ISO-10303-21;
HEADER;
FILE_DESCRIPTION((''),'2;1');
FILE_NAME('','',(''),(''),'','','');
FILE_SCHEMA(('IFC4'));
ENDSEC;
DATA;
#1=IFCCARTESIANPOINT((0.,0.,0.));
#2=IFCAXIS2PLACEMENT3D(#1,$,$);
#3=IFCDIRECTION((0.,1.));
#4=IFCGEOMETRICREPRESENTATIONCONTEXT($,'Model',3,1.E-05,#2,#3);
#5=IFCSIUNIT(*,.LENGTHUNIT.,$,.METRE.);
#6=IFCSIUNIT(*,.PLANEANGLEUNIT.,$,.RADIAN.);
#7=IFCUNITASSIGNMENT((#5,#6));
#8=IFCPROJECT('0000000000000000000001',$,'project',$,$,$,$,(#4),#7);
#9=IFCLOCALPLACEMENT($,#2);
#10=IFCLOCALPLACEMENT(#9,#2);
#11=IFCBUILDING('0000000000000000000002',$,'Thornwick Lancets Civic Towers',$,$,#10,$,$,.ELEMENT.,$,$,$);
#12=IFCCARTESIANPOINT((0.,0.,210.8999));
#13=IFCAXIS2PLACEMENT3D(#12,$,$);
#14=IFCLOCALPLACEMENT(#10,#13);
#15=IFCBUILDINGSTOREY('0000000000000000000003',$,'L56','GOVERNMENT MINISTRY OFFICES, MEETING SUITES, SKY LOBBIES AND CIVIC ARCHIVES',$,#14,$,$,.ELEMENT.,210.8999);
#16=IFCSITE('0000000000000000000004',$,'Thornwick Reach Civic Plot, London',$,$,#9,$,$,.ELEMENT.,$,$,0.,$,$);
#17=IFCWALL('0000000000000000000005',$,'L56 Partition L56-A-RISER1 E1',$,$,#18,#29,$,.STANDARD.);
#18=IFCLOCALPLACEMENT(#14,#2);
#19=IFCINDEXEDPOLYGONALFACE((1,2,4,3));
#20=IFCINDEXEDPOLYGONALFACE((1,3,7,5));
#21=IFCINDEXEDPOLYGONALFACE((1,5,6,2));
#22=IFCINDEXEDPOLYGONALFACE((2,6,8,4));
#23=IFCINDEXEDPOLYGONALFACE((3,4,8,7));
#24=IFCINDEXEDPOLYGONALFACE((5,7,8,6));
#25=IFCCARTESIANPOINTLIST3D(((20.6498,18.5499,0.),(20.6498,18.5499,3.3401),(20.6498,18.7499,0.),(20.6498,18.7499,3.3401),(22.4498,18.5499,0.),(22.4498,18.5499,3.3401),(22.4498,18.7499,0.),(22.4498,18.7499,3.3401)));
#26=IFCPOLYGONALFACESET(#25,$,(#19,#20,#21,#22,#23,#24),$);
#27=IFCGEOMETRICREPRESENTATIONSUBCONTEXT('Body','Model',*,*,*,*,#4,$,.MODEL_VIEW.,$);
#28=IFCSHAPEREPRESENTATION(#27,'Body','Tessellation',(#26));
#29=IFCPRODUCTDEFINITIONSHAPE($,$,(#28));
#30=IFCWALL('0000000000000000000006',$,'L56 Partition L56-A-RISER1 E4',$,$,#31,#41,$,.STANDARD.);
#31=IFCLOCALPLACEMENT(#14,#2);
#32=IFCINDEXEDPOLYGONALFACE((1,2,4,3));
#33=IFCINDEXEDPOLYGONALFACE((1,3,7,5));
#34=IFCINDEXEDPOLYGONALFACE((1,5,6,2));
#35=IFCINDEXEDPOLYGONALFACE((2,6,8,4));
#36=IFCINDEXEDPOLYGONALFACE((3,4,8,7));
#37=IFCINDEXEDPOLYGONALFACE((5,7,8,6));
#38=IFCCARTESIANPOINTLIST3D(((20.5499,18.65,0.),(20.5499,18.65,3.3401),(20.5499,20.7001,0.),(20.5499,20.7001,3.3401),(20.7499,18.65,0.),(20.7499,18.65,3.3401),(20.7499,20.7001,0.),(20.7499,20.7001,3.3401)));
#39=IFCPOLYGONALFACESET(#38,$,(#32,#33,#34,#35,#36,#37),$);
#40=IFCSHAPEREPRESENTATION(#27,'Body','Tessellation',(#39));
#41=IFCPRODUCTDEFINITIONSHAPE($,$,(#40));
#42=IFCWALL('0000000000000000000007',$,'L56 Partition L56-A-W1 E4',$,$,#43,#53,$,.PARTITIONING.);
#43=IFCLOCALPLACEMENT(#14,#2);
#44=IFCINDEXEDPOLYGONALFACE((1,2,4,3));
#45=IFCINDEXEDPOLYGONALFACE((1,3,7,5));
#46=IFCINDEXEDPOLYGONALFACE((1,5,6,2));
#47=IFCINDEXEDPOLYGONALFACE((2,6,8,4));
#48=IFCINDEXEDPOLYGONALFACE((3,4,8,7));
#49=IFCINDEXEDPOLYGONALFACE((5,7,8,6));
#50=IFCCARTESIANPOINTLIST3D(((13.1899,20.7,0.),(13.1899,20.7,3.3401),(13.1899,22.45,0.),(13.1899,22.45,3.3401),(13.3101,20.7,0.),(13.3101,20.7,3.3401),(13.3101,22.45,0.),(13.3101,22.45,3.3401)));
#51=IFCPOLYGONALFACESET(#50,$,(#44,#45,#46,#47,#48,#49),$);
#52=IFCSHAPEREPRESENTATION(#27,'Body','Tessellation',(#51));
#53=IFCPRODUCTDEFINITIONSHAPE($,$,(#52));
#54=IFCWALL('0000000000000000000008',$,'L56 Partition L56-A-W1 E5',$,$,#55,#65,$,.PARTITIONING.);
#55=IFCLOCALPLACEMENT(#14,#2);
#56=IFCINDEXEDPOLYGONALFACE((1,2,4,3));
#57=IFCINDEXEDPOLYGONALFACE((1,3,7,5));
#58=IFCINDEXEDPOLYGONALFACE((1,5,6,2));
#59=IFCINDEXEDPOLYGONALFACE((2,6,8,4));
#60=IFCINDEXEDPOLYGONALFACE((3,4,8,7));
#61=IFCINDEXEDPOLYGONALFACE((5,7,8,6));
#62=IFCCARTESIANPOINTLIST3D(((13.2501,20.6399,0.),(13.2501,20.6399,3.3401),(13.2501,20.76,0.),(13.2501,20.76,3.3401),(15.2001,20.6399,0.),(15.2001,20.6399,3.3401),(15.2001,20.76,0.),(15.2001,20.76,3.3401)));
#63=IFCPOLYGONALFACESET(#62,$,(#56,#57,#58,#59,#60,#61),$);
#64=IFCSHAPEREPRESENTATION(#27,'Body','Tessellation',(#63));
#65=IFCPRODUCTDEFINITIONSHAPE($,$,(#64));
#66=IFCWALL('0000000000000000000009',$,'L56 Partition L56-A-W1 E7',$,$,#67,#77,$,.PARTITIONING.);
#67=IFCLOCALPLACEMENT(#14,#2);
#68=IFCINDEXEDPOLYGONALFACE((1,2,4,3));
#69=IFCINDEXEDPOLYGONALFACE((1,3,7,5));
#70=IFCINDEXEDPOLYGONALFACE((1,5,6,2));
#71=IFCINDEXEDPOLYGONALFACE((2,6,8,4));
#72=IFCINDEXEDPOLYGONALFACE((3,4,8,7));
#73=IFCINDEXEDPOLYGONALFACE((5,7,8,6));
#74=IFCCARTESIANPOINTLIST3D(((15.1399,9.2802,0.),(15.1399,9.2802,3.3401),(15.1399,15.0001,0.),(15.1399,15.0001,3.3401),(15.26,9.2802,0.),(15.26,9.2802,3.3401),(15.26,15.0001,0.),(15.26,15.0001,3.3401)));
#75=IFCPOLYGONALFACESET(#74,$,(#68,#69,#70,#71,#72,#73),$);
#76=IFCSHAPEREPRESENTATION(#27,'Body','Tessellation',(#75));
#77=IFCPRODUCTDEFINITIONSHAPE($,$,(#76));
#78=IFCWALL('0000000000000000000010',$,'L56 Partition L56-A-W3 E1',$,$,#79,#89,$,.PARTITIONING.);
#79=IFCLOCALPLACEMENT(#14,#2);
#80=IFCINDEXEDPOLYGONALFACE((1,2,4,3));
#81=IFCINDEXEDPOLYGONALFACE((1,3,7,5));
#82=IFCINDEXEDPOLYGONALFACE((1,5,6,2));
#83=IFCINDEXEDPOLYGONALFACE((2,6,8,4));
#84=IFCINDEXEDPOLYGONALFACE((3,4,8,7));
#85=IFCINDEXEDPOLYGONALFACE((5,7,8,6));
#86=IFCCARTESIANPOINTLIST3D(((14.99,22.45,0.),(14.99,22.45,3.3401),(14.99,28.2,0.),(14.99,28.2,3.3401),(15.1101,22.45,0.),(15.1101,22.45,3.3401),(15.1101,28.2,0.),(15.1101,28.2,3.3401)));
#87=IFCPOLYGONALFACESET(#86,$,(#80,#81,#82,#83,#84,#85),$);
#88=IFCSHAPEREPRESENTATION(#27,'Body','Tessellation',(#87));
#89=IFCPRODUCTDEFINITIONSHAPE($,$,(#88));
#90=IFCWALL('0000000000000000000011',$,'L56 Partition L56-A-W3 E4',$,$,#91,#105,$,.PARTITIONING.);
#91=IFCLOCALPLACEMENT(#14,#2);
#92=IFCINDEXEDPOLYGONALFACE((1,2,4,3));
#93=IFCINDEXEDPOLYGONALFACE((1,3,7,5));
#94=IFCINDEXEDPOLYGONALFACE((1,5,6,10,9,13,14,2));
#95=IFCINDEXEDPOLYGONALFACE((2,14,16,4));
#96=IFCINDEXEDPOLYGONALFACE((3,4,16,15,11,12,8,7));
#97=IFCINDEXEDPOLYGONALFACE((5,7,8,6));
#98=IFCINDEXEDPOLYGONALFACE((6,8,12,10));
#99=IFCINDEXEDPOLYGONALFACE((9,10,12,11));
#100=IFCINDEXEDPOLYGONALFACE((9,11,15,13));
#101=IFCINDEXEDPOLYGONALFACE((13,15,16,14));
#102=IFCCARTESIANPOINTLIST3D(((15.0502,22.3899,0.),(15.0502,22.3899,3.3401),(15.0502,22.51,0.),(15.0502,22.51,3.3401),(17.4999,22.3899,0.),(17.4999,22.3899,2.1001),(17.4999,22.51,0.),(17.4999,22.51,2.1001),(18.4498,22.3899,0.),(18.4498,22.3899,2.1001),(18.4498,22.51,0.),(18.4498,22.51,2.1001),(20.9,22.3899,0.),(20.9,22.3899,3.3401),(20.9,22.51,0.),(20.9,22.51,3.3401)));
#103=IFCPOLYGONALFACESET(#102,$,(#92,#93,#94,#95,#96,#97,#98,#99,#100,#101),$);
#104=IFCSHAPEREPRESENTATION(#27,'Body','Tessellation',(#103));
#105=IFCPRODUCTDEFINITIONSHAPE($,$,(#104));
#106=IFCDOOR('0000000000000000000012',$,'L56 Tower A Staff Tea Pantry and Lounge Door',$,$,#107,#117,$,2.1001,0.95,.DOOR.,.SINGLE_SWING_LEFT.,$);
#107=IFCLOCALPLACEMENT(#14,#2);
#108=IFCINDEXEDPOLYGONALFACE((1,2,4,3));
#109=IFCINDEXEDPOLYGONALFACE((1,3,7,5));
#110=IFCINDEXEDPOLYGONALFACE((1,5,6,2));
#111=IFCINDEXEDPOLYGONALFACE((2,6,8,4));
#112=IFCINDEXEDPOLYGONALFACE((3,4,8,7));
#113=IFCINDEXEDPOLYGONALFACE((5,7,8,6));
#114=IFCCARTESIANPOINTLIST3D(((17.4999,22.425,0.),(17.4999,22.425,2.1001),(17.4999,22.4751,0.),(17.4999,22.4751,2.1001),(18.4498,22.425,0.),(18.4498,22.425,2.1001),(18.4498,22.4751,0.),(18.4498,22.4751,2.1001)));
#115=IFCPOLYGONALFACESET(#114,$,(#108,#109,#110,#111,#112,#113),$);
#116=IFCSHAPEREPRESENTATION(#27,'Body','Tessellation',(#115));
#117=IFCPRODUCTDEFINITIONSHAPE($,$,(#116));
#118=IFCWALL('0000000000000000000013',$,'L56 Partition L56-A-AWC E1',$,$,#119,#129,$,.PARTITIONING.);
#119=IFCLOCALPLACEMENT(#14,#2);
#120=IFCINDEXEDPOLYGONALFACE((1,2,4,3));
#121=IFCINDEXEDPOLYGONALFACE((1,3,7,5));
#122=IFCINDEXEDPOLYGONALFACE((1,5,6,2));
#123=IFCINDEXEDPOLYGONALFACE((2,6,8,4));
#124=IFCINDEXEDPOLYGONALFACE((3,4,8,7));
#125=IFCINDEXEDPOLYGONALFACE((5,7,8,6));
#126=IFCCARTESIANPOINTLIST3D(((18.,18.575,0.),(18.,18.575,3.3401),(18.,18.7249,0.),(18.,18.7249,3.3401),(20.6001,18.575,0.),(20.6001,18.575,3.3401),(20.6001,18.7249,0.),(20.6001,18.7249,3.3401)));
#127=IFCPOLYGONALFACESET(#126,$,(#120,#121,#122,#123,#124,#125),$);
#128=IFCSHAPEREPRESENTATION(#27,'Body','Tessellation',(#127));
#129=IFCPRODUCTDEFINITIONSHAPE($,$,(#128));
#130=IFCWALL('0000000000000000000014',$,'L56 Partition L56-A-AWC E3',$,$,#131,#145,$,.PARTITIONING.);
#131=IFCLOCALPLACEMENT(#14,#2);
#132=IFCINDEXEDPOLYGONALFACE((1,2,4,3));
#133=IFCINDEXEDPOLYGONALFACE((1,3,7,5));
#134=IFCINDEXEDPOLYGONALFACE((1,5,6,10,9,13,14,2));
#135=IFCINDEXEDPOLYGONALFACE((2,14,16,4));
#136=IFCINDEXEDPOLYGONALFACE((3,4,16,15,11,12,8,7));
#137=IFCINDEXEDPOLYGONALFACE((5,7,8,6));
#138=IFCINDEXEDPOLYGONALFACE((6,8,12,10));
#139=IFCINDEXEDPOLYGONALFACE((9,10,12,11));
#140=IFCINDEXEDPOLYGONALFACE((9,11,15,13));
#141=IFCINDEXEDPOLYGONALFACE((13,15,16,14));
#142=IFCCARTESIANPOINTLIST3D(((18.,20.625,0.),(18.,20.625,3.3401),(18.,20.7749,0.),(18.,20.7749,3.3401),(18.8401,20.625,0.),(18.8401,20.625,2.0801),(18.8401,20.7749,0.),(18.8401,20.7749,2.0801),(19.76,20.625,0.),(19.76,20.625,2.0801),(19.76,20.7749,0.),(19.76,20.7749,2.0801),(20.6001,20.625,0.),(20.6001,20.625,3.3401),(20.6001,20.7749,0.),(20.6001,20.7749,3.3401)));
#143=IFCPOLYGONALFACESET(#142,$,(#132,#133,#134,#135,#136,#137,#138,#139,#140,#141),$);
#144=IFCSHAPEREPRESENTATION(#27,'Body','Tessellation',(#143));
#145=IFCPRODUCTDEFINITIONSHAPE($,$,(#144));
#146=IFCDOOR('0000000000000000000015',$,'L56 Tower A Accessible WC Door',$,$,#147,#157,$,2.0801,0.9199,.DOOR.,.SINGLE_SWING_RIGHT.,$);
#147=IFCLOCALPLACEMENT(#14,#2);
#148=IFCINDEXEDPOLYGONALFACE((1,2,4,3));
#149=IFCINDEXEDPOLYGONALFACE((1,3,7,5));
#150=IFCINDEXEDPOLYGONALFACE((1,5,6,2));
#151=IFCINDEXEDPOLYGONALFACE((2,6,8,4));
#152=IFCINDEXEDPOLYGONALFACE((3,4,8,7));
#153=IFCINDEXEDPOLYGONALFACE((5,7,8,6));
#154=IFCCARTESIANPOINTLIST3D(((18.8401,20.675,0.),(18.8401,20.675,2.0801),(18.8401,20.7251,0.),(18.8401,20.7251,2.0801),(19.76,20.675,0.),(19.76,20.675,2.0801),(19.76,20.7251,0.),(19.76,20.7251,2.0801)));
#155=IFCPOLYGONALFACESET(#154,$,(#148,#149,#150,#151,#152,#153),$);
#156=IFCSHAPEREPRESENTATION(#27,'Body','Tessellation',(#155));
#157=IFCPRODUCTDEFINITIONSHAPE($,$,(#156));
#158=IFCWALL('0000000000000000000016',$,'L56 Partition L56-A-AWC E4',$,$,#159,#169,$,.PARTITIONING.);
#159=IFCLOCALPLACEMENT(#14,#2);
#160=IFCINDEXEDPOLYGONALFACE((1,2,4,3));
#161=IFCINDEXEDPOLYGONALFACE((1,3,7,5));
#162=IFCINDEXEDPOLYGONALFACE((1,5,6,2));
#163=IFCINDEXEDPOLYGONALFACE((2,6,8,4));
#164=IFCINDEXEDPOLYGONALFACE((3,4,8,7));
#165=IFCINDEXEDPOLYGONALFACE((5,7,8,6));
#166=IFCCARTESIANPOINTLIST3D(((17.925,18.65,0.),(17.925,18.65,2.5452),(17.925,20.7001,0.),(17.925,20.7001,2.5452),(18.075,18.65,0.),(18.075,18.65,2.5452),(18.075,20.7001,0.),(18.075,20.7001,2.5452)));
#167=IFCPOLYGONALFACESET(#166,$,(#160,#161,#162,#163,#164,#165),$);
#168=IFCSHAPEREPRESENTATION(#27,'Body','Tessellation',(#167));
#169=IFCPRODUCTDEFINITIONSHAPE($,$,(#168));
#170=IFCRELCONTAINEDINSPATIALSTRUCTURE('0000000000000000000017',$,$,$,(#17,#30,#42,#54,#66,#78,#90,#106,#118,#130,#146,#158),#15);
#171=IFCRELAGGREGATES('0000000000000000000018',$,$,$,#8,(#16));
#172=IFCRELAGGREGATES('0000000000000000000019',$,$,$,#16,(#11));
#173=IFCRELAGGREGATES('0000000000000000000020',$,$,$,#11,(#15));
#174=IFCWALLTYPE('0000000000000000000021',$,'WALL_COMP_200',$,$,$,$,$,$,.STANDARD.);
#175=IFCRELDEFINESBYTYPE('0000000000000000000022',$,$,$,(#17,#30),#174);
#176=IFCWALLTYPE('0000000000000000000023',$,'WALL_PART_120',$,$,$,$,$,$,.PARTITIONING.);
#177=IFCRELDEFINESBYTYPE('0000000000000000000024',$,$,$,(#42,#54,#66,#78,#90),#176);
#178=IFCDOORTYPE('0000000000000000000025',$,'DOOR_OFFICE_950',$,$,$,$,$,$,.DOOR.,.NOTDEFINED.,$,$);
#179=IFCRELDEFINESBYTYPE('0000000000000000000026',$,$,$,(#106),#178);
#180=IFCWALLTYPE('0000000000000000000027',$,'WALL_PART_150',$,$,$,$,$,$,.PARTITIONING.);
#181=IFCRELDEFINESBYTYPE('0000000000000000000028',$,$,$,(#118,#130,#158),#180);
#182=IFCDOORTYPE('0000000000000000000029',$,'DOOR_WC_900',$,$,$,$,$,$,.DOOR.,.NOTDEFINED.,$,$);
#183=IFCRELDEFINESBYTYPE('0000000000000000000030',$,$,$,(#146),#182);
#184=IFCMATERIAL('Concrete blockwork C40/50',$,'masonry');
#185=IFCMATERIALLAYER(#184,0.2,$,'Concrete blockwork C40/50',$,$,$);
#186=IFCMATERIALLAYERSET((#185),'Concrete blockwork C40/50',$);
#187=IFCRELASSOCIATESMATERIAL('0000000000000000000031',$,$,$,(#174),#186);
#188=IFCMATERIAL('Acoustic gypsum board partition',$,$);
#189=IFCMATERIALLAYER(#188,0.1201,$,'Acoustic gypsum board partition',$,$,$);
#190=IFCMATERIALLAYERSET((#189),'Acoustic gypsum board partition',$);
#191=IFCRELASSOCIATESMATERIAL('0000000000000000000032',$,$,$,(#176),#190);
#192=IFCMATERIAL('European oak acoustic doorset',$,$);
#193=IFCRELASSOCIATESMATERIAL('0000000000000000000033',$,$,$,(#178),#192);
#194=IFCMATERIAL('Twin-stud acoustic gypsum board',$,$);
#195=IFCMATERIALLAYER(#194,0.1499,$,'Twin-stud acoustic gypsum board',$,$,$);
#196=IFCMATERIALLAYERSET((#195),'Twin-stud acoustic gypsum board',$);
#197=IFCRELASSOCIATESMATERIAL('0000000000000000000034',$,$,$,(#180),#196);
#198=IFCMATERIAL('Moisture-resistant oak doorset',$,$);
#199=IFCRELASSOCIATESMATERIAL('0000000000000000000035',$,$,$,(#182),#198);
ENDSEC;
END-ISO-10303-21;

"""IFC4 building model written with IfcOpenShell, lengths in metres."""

from ifc_helpers import new_model, si_unit, direction, frame, frame_2d, origin, place, context, subcontext, project, spatial, rectangle, extrude, material, layer, layer_set, type_object, element, fill, save


model = new_model("IFC4")

# Units and contexts
model_context = context("Model", 3, precision=1e-05, world=origin(), true_north=direction((0.0, 1.0)))
body_context = subcontext(model_context, "Body", "Model", "MODEL_VIEW")
ifc_project = project(units=[si_unit("LENGTHUNIT", "METRE"), si_unit("PLANEANGLEUNIT", "RADIAN")], contexts=[model_context])

# Site, building, storey
site_placement = place(None, origin())
site = spatial("IfcSite", under=ifc_project, at=site_placement, Name="Thornwick Reach Civic Plot, London", CompositionType="ELEMENT", RefElevation=0.0)
building_placement = place(site_placement, origin())
building = spatial("IfcBuilding", under=site, at=building_placement, Name="Thornwick Lancets Civic Towers", CompositionType="ELEMENT")
storey_placement = place(building_placement, frame((0.0, 0.0, 210.8999)))
storey = spatial("IfcBuildingStorey", under=building, at=storey_placement, Name="L56", Description="GOVERNMENT MINISTRY OFFICES, MEETING SUITES, SKY LOBBIES AND CIVIC ARCHIVES", CompositionType="ELEMENT", Elevation=210.8999)

# Shared definitions
ifc_material_1 = material(Name="Concrete blockwork C40/50", Category="masonry")
ifc_layer_1 = layer(ifc_material_1, 0.2, Name="Concrete blockwork C40/50")
ifc_layer_set_1 = layer_set([ifc_layer_1], Name="Concrete blockwork C40/50")
wall_type_1 = type_object("IfcWallType", Name="WALL_COMP_200", PredefinedType="STANDARD", material=ifc_layer_set_1)

# Walls
wall_1_placement = place(storey_placement, frame((20.6499, 18.6499, 0.0), z_axis=(0.0, 0.0, 1.0), x_axis=(1.0, 0.0, 0.0)))
element("IfcWall", 1, at=wall_1_placement, inside=storey, type_object=wall_type_1, Name="L56 Partition L56-A-RISER1 E1", PredefinedType="STANDARD", context=body_context, shape_type="SweptSolid", body=[
    extrude(rectangle(XDim=1.8, YDim=0.2, at=frame_2d((0.8999, 0.0))), origin(), (0.0, 0.0, 1.0), 3.3401),
])
wall_2_placement = place(storey_placement, frame((20.6499, 20.7, 0.0), z_axis=(0.0, 0.0, 1.0), x_axis=(0.0, -1.0, 0.0)))
element("IfcWall", 2, at=wall_2_placement, inside=storey, type_object=wall_type_1, Name="L56 Partition L56-A-RISER1 E4", PredefinedType="STANDARD", context=body_context, shape_type="SweptSolid", body=[
    extrude(rectangle(XDim=2.05, YDim=0.2, at=frame_2d((1.0249, 0.0))), origin(), (0.0, 0.0, 1.0), 3.3401),
])
ifc_material_2 = material(Name="Acoustic gypsum board partition")
ifc_layer_2 = layer(ifc_material_2, 0.1201, Name="Acoustic gypsum board partition")
ifc_layer_set_2 = layer_set([ifc_layer_2], Name="Acoustic gypsum board partition")
wall_type_2 = type_object("IfcWallType", Name="WALL_PART_120", PredefinedType="PARTITIONING", material=ifc_layer_set_2)
wall_3_placement = place(storey_placement, frame((13.25, 22.45, 0.0), z_axis=(0.0, 0.0, 1.0), x_axis=(0.0, -1.0, 0.0)))
element("IfcWall", 3, at=wall_3_placement, inside=storey, type_object=wall_type_2, Name="L56 Partition L56-A-W1 E4", PredefinedType="PARTITIONING", context=body_context, shape_type="SweptSolid", body=[
    extrude(rectangle(XDim=1.75, YDim=0.1201, at=frame_2d((0.875, 0.0))), origin(), (0.0, 0.0, 1.0), 3.3401),
])
wall_4_placement = place(storey_placement, frame((13.25, 20.7, 0.0), z_axis=(0.0, 0.0, 1.0), x_axis=(1.0, 0.0, 0.0)))
element("IfcWall", 4, at=wall_4_placement, inside=storey, type_object=wall_type_2, Name="L56 Partition L56-A-W1 E5", PredefinedType="PARTITIONING", context=body_context, shape_type="SweptSolid", body=[
    extrude(rectangle(XDim=1.95, YDim=0.1201, at=frame_2d((0.9751, 0.0))), origin(), (0.0, 0.0, 1.0), 3.3401),
])
wall_5_placement = place(storey_placement, frame((15.2, 15.0, 0.0), z_axis=(0.0, 0.0, 1.0), x_axis=(0.0, -1.0, 0.0)))
element("IfcWall", 5, at=wall_5_placement, inside=storey, type_object=wall_type_2, Name="L56 Partition L56-A-W1 E7", PredefinedType="PARTITIONING", context=body_context, shape_type="SweptSolid", body=[
    extrude(rectangle(XDim=5.72, YDim=0.1201, at=frame_2d((2.8599, 0.0))), origin(), (0.0, 0.0, 1.0), 3.3401),
])
wall_6_placement = place(storey_placement, frame((15.05, 22.45, 0.0), z_axis=(0.0, 0.0, 1.0), x_axis=(0.0, 1.0, 0.0)))
element("IfcWall", 6, at=wall_6_placement, inside=storey, type_object=wall_type_2, Name="L56 Partition L56-A-W3 E1", PredefinedType="PARTITIONING", context=body_context, shape_type="SweptSolid", body=[
    extrude(rectangle(XDim=5.75, YDim=0.1201, at=frame_2d((2.875, 0.0))), origin(), (0.0, 0.0, 1.0), 3.3401),
])

# Wall, opening, door
wall_7_placement = place(storey_placement, frame((20.8999, 22.45, 0.0), z_axis=(0.0, 0.0, 1.0), x_axis=(-1.0, 0.0, 0.0)))
wall_7 = element("IfcWall", 7, at=wall_7_placement, inside=storey, type_object=wall_type_2, Name="L56 Partition L56-A-W3 E4", PredefinedType="PARTITIONING", context=body_context, shape_type="SweptSolid", body=[
    extrude(rectangle(XDim=5.8499, YDim=0.1201, at=frame_2d((2.9248, 0.0))), origin(), (0.0, 0.0, 1.0), 3.3401),
])
opening_1_placement = place(wall_7_placement, frame((2.45, 0.0, 0.0)))
opening_1 = element("IfcOpeningElement", 8, at=opening_1_placement, cuts=wall_7, PredefinedType="OPENING", context=body_context, shape_type="SweptSolid", body=[
    extrude(rectangle(XDim=0.95, YDim=2.1001, at=frame_2d((0.4751, 1.05))), frame((0.0, 0.0701, 0.0), z_axis=(0.0, -1.0, 0.0), x_axis=(1.0, 0.0, 0.0)), (0.0, 0.0, 1.0), 0.1401),
])
ifc_material_3 = material(Name="European oak acoustic doorset")
door_type_1 = type_object("IfcDoorType", Name="DOOR_OFFICE_950", OperationType="NOTDEFINED", PredefinedType="DOOR", material=ifc_material_3)
door_1_placement = place(opening_1_placement, origin())
door_1 = element("IfcDoor", 9, at=door_1_placement, inside=storey, type_object=door_type_1, Name="L56 Tower A Staff Tea Pantry and Lounge Door", OperationType="SINGLE_SWING_LEFT", OverallHeight=2.1001, OverallWidth=0.95, PredefinedType="DOOR", context=body_context, shape_type="SweptSolid", body=[
    extrude(rectangle(XDim=0.95, YDim=2.1001, at=frame_2d((0.4751, 1.05))), frame((0.0, 0.0249, 0.0), z_axis=(0.0, -1.0, 0.0), x_axis=(1.0, 0.0, 0.0)), (0.0, 0.0, 1.0), 0.05),
])
fill(opening_1, door_1)

# Wall
ifc_material_4 = material(Name="Twin-stud acoustic gypsum board")
ifc_layer_3 = layer(ifc_material_4, 0.1499, Name="Twin-stud acoustic gypsum board")
ifc_layer_set_3 = layer_set([ifc_layer_3], Name="Twin-stud acoustic gypsum board")
wall_type_3 = type_object("IfcWallType", Name="WALL_PART_150", PredefinedType="PARTITIONING", material=ifc_layer_set_3)
wall_8_placement = place(storey_placement, frame((18.0, 18.6499, 0.0), z_axis=(0.0, 0.0, 1.0), x_axis=(1.0, 0.0, 0.0)))
element("IfcWall", 10, at=wall_8_placement, inside=storey, type_object=wall_type_3, Name="L56 Partition L56-A-AWC E1", PredefinedType="PARTITIONING", context=body_context, shape_type="SweptSolid", body=[
    extrude(rectangle(XDim=2.6001, YDim=0.1499, at=frame_2d((1.3, 0.0))), origin(), (0.0, 0.0, 1.0), 3.3401),
])

# Wall, opening, door
wall_9_placement = place(storey_placement, frame((20.6001, 20.7, 0.0), z_axis=(0.0, 0.0, 1.0), x_axis=(-1.0, 0.0, 0.0)))
wall_9 = element("IfcWall", 11, at=wall_9_placement, inside=storey, type_object=wall_type_3, Name="L56 Partition L56-A-AWC E3", PredefinedType="PARTITIONING", context=body_context, shape_type="SweptSolid", body=[
    extrude(rectangle(XDim=2.6001, YDim=0.1499, at=frame_2d((1.3, 0.0))), origin(), (0.0, 0.0, 1.0), 3.3401),
])
opening_2_placement = place(wall_9_placement, frame((0.8401, 0.0, 0.0)))
opening_2 = element("IfcOpeningElement", 12, at=opening_2_placement, cuts=wall_9, PredefinedType="OPENING", context=body_context, shape_type="SweptSolid", body=[
    extrude(rectangle(XDim=0.9199, YDim=2.0801, at=frame_2d((0.46, 1.04))), frame((0.0, 0.085, 0.0), z_axis=(0.0, -1.0, 0.0), x_axis=(1.0, 0.0, 0.0)), (0.0, 0.0, 1.0), 0.1699),
])
ifc_material_5 = material(Name="Moisture-resistant oak doorset")
door_type_2 = type_object("IfcDoorType", Name="DOOR_WC_900", OperationType="NOTDEFINED", PredefinedType="DOOR", material=ifc_material_5)
door_2_placement = place(opening_2_placement, origin())
door_2 = element("IfcDoor", 13, at=door_2_placement, inside=storey, type_object=door_type_2, Name="L56 Tower A Accessible WC Door", OperationType="SINGLE_SWING_RIGHT", OverallHeight=2.0801, OverallWidth=0.9199, PredefinedType="DOOR", context=body_context, shape_type="SweptSolid", body=[
    extrude(rectangle(XDim=0.9199, YDim=2.0801, at=frame_2d((0.46, 1.04))), frame((0.0, 0.0249, 0.0), z_axis=(0.0, -1.0, 0.0), x_axis=(1.0, 0.0, 0.0)), (0.0, 0.0, 1.0), 0.05),
])
fill(opening_2, door_2)

# Wall
wall_10_placement = place(storey_placement, frame((18.0, 20.7, 0.0), z_axis=(0.0, 0.0, 1.0), x_axis=(0.0, -1.0, 0.0)))
element("IfcWall", 14, at=wall_10_placement, inside=storey, type_object=wall_type_3, Name="L56 Partition L56-A-AWC E4", PredefinedType="PARTITIONING", context=body_context, shape_type="SweptSolid", body=[
    extrude(rectangle(XDim=2.05, YDim=0.1499, at=frame_2d((1.0249, 0.0))), origin(), (0.0, 0.0, 1.0), 2.5452),
])

save(model, "model.ifc")
